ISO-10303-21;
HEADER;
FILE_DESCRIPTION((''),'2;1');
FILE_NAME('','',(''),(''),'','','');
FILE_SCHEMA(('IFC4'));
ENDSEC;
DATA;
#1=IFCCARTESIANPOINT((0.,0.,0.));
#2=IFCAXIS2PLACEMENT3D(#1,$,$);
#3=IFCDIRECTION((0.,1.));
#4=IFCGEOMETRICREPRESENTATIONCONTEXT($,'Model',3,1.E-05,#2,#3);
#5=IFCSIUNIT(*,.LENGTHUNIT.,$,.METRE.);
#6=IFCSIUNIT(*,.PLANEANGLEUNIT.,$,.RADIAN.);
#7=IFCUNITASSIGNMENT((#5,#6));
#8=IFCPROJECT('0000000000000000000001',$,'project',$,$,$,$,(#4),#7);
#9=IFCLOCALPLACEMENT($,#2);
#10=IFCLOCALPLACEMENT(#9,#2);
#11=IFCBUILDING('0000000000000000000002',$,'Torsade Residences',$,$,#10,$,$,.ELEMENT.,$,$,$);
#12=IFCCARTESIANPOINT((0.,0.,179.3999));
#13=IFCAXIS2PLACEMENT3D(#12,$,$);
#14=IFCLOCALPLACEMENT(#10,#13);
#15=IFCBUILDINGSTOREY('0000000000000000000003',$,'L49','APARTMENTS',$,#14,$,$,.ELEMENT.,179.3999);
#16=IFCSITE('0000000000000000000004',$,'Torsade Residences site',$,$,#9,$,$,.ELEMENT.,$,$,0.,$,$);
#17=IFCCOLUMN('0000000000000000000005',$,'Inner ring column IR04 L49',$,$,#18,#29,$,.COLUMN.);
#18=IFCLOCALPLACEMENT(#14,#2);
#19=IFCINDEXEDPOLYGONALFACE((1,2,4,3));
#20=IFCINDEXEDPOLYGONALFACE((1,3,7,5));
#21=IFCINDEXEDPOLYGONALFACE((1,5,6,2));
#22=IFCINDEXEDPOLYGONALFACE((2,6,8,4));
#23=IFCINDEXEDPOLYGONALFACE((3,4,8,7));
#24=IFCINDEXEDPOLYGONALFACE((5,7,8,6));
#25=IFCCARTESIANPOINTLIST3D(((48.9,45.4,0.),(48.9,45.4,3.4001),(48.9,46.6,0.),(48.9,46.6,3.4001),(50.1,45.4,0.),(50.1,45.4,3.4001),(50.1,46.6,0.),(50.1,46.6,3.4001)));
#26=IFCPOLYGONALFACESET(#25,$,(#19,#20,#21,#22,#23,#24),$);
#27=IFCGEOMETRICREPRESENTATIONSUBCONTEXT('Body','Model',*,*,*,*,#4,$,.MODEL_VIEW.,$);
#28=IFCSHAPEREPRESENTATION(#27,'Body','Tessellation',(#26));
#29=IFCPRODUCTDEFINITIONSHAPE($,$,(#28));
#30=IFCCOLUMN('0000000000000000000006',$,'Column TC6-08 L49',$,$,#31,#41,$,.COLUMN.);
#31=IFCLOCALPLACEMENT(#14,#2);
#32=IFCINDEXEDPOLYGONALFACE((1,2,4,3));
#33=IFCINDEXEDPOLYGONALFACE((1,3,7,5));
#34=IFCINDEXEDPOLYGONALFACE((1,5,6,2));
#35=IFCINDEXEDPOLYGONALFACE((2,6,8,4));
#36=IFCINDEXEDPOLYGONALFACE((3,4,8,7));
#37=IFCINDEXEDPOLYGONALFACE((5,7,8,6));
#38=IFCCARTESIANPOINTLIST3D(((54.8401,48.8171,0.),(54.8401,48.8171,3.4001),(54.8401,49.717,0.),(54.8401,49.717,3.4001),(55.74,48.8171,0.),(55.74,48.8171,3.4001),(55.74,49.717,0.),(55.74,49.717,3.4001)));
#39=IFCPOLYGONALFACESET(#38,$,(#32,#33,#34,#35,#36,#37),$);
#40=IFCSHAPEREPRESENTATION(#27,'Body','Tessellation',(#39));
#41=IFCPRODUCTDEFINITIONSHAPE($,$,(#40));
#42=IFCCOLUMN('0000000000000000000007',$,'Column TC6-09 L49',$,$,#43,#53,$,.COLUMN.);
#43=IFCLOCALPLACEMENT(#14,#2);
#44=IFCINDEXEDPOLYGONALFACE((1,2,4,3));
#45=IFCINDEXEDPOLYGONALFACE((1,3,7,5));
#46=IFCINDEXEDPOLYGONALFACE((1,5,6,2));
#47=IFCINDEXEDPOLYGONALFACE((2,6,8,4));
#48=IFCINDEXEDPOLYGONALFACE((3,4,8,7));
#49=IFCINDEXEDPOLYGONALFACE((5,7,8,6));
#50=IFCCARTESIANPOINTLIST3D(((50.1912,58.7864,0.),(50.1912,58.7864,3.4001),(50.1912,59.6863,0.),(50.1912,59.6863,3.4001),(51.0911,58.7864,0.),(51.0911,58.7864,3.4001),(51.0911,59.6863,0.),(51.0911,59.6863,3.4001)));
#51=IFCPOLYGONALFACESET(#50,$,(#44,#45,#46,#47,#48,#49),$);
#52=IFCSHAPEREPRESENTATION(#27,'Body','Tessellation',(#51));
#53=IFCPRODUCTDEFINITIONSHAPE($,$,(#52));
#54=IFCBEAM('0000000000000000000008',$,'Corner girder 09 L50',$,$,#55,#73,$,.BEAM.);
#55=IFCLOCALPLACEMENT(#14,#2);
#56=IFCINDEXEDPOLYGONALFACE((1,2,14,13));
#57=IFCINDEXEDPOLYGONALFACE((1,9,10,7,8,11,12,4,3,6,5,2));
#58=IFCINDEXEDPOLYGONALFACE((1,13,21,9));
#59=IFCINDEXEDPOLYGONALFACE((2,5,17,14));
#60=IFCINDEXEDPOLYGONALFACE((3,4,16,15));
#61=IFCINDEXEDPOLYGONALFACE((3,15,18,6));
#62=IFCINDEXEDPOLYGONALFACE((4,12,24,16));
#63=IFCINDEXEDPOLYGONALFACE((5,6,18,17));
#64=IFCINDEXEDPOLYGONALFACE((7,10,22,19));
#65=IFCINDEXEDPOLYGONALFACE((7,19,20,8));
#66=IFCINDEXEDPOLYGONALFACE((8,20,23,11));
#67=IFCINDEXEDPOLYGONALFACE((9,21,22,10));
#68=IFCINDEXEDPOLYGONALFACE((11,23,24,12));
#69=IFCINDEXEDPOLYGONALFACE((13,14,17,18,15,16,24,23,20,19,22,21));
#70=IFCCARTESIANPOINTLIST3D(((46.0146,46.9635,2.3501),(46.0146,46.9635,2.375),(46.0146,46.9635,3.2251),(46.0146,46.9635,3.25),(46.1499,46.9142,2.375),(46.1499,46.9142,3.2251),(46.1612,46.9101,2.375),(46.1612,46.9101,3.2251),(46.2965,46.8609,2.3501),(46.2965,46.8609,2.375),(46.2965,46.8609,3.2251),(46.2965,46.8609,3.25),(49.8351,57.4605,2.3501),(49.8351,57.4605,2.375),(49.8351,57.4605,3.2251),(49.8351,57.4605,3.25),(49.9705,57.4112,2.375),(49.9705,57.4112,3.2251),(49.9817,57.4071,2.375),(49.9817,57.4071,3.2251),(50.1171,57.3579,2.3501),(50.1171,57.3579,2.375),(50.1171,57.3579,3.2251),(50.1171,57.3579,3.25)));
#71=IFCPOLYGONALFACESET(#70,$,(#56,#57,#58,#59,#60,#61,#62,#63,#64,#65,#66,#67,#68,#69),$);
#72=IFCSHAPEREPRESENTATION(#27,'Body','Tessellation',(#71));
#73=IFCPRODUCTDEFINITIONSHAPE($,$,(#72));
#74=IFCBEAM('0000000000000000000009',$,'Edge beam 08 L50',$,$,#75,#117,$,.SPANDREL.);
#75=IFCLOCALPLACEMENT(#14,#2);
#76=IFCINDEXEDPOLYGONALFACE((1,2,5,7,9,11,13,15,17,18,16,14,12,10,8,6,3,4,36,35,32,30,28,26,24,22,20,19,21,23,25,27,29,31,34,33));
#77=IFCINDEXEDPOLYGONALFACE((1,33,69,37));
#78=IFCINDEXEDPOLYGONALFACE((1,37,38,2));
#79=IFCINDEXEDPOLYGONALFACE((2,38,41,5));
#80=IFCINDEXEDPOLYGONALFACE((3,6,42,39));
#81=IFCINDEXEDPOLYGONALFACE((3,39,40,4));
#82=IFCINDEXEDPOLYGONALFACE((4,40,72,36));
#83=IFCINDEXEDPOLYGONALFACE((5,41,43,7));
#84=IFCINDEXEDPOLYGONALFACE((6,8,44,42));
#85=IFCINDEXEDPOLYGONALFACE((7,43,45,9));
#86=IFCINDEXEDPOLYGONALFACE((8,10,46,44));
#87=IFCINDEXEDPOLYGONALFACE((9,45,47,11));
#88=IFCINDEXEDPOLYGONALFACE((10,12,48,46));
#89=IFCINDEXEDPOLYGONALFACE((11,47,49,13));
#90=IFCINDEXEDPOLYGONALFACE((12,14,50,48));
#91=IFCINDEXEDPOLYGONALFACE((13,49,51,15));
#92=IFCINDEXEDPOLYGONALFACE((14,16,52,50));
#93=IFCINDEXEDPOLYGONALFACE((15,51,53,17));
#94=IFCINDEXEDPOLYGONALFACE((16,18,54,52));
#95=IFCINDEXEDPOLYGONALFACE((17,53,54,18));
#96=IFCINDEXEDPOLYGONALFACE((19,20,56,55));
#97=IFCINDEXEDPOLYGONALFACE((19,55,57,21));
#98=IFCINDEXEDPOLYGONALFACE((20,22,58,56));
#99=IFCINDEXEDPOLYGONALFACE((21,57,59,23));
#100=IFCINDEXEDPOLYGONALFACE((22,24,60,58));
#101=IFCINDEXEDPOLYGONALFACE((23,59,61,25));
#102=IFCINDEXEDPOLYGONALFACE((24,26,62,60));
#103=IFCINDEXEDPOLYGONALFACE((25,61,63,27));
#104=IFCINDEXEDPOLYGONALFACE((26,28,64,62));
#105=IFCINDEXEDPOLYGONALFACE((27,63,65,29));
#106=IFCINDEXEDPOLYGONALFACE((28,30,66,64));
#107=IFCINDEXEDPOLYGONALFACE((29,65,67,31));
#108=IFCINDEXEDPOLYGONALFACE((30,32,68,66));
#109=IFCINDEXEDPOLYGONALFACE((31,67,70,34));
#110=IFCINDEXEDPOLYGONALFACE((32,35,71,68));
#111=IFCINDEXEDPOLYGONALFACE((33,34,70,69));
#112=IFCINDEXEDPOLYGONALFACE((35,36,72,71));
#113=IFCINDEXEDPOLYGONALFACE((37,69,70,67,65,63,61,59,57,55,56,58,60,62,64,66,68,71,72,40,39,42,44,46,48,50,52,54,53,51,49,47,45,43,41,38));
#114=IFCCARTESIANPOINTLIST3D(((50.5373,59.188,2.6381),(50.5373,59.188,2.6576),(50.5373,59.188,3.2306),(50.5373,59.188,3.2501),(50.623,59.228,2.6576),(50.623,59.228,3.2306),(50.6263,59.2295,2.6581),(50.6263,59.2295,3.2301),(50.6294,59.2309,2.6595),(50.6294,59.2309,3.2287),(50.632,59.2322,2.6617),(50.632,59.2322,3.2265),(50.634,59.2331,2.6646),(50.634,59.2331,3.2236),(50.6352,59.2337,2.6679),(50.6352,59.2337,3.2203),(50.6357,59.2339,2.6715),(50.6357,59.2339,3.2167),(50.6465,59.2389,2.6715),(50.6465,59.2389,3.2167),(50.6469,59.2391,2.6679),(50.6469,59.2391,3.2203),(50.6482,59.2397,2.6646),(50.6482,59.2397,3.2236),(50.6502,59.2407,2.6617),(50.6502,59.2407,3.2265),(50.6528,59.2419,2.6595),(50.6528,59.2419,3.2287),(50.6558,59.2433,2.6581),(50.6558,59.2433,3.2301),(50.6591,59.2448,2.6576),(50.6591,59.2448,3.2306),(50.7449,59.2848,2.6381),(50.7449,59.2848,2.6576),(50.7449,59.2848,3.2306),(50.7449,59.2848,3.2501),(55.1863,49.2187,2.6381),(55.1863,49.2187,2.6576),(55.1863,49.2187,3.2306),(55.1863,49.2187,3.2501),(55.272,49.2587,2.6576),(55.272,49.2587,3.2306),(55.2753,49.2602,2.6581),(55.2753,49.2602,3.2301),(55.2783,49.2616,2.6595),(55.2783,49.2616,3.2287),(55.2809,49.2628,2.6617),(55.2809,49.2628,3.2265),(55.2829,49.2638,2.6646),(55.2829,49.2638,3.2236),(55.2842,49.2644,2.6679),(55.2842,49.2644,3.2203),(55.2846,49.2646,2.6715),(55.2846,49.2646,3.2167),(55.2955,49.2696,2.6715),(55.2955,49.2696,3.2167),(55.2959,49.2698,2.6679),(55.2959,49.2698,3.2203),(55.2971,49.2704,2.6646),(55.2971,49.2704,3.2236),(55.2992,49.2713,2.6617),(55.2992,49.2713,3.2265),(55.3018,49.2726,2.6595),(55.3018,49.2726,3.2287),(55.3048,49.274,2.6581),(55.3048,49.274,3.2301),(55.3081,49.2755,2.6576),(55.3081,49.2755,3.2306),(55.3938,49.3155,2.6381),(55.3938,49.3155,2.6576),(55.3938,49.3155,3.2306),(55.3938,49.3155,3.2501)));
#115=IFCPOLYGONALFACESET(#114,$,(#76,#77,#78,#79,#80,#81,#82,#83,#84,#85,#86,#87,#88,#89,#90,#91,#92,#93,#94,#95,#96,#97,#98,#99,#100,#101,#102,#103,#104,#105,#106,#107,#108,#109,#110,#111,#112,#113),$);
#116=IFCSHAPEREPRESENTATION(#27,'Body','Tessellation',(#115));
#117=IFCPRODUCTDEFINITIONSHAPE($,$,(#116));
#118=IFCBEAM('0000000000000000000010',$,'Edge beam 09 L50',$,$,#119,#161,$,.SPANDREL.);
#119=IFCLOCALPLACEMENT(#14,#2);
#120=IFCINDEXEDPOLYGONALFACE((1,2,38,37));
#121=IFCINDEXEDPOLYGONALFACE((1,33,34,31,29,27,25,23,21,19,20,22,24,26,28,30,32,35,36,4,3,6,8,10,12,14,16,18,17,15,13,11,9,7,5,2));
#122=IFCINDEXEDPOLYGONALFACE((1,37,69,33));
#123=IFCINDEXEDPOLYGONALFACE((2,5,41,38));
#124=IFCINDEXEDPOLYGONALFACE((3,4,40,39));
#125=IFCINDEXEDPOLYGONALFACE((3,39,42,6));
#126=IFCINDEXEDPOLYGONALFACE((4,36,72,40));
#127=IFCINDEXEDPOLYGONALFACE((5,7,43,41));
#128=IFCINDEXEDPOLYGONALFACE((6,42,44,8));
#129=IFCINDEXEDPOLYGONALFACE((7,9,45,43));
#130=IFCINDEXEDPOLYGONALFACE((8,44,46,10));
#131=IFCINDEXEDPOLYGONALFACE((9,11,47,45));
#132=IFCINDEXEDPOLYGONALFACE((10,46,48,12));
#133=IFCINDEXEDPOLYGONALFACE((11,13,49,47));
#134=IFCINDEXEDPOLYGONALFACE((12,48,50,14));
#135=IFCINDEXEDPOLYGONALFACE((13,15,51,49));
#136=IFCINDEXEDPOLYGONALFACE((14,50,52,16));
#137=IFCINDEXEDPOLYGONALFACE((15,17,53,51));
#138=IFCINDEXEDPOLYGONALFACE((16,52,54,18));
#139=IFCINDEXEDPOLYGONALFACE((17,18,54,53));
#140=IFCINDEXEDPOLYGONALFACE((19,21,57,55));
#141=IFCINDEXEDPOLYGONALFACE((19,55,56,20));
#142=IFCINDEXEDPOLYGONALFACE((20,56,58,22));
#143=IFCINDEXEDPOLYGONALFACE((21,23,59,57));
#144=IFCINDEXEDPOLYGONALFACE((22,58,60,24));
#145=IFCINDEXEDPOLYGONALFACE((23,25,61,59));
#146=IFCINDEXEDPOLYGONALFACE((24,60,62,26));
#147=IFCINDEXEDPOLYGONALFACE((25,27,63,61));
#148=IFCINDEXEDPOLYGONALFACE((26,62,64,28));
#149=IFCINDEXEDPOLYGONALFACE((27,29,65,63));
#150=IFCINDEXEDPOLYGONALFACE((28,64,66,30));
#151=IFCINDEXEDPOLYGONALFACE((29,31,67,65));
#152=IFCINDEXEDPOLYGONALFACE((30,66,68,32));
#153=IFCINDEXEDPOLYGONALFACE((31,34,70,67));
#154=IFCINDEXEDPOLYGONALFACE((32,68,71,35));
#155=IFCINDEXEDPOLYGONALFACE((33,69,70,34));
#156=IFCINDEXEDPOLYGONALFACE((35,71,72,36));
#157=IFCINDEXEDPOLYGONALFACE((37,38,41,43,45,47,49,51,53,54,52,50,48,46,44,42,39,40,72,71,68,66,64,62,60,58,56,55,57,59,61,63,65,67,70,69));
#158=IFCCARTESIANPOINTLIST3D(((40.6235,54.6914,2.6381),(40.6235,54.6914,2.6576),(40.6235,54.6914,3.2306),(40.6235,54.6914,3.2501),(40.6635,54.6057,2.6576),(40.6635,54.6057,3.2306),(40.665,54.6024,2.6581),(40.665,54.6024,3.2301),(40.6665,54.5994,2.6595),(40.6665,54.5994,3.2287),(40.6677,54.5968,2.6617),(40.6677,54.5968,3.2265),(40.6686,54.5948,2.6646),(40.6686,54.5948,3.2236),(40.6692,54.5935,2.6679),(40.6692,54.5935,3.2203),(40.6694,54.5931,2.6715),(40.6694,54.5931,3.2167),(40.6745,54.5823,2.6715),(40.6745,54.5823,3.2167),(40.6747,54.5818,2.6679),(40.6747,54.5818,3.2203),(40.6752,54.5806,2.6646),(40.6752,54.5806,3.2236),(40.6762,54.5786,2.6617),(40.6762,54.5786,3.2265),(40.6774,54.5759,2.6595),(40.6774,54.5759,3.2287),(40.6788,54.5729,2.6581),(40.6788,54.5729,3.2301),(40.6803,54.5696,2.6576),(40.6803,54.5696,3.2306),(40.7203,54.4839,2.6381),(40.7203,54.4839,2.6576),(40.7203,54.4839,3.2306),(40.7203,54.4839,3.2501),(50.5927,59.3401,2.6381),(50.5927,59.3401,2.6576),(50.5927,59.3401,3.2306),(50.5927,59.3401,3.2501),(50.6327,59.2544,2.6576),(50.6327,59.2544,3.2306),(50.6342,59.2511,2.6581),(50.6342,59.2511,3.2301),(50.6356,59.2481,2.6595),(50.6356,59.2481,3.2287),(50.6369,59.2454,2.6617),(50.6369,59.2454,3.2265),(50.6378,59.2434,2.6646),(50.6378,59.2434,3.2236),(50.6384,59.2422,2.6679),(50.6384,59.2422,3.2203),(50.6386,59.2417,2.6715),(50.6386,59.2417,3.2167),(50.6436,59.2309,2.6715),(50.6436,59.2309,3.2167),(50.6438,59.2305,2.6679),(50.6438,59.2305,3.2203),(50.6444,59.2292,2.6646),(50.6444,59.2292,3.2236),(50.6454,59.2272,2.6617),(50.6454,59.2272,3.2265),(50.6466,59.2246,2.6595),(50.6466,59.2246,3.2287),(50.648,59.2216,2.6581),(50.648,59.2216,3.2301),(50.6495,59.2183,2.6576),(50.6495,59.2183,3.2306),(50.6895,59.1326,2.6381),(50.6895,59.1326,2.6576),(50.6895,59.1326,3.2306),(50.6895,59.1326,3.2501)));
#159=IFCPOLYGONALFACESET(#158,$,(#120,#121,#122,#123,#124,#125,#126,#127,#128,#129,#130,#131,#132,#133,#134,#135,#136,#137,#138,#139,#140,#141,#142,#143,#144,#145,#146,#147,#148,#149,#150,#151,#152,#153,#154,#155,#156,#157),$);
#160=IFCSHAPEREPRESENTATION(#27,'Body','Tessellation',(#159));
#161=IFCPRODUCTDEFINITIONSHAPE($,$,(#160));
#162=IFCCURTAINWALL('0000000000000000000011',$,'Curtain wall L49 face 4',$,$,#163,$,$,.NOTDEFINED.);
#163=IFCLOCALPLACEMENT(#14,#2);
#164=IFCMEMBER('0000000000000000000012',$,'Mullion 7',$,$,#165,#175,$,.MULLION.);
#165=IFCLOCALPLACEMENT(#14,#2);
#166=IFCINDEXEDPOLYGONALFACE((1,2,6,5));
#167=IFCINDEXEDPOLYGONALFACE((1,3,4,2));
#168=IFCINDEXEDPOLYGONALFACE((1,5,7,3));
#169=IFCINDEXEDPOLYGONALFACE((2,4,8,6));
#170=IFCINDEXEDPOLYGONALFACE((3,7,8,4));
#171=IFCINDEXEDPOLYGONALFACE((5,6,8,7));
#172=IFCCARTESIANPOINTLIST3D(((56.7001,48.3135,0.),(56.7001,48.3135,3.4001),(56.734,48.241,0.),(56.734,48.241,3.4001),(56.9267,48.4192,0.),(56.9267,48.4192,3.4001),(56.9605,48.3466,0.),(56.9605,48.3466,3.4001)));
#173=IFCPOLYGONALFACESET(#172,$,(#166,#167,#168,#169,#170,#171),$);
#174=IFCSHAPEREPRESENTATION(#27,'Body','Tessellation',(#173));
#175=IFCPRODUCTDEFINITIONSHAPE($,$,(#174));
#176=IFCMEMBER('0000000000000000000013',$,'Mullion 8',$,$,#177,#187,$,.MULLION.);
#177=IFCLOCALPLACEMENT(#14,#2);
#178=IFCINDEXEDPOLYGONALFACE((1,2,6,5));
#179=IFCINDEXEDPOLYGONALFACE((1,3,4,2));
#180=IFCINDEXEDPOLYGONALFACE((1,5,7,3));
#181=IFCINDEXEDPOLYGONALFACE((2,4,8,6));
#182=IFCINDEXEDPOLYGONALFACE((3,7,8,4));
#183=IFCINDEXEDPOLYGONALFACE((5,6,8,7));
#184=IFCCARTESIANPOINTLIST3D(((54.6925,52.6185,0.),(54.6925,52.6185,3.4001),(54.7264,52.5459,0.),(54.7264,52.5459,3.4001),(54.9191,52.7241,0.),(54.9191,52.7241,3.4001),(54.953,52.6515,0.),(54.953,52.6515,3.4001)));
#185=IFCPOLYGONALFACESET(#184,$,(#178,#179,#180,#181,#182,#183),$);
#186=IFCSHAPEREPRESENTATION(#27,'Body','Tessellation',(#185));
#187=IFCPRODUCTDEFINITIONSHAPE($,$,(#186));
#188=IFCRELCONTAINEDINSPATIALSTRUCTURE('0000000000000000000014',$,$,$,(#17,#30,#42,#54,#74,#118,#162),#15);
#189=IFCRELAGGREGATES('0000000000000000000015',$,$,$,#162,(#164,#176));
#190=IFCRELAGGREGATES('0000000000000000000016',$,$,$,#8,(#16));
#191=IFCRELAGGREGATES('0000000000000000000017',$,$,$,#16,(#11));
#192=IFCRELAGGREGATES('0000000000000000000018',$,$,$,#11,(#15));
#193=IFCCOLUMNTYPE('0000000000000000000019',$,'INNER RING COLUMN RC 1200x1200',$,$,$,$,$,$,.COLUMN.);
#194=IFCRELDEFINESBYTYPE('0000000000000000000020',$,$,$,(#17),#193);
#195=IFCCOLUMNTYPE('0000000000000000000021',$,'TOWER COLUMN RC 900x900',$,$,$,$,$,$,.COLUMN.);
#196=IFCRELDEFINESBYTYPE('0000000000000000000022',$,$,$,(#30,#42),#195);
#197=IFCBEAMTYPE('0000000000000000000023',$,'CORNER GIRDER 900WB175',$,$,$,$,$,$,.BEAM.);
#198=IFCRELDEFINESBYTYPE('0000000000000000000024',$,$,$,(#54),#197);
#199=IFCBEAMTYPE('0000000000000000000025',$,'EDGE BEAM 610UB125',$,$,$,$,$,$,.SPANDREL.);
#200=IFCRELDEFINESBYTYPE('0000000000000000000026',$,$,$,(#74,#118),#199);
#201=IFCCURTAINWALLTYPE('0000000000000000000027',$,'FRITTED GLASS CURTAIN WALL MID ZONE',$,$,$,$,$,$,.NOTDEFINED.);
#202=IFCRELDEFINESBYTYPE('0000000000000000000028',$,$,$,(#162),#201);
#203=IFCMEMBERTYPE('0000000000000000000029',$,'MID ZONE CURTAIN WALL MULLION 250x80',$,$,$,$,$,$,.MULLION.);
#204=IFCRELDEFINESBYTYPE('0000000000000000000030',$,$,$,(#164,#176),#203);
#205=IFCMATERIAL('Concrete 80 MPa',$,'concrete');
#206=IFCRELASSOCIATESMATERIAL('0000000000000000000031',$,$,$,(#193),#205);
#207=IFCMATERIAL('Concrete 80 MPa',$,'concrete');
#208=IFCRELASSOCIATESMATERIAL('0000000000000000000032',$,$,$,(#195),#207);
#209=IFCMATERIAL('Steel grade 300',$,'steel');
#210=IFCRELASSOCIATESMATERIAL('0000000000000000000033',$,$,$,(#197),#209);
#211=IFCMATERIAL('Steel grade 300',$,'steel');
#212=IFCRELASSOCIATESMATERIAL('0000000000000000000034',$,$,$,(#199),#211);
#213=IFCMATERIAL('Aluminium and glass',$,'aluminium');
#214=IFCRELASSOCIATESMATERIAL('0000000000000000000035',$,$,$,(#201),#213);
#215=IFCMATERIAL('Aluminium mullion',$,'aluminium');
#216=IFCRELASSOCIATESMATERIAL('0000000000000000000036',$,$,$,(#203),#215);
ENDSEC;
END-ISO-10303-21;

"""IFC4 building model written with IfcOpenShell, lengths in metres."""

from ifc_helpers import new_model, si_unit, direction, frame, origin, origin_2d, place, context, subcontext, project, spatial, rectangle, i_section, extrude, material, material_profile, profile_set, type_object, element, aggregate, save


model = new_model("IFC4")

# Units and contexts
model_context = context("Model", 3, precision=1e-05, world=origin(), true_north=direction((0.0, 1.0)))
body_context = subcontext(model_context, "Body", "Model", "MODEL_VIEW")
ifc_project = project(units=[si_unit("LENGTHUNIT", "METRE"), si_unit("PLANEANGLEUNIT", "RADIAN")], contexts=[model_context])

# Site, building, storey
site_placement = place(None, origin())
site = spatial("IfcSite", under=ifc_project, at=site_placement, Name="Torsade Residences site", CompositionType="ELEMENT", RefElevation=0.0)
building_placement = place(site_placement, origin())
building = spatial("IfcBuilding", under=site, at=building_placement, Name="Torsade Residences", CompositionType="ELEMENT")
storey_placement = place(building_placement, frame((0.0, 0.0, 179.3999)))
storey = spatial("IfcBuildingStorey", under=building, at=storey_placement, Name="L49", Description="APARTMENTS", CompositionType="ELEMENT", Elevation=179.3999)

# Columns
ifc_material_1 = material(Name="Concrete 80 MPa", Category="concrete")
ifc_material_profile_1 = material_profile(ifc_material_1, rectangle(XDim=1.2, YDim=1.2, at=origin_2d()), Name="RC 1200x1200")
ifc_profile_set_1 = profile_set([ifc_material_profile_1], Name="Concrete 80 MPa")
column_type_1 = type_object("IfcColumnType", Name="INNER RING COLUMN RC 1200x1200", PredefinedType="COLUMN", material=ifc_profile_set_1)
column_placement = place(storey_placement, frame((49.5, 46.0, 0.0), z_axis=(0.0, 0.0, 1.0), x_axis=(1.0, 0.0, 0.0)))
element("IfcColumn", 1, at=column_placement, inside=storey, type_object=column_type_1, Name="Inner ring column IR04 L49", PredefinedType="COLUMN", context=body_context, shape_type="SweptSolid", body=[
    extrude(rectangle(XDim=1.2, YDim=1.2, at=origin_2d()), origin(), (0.0, 0.0, 1.0), 3.4001),
])
ifc_material_2 = material(Name="Concrete 80 MPa", Category="concrete")
ifc_material_profile_2 = material_profile(ifc_material_2, rectangle(XDim=0.8999, YDim=0.8999, at=origin_2d()), Name="RC 900x900")
ifc_profile_set_2 = profile_set([ifc_material_profile_2], Name="Concrete 80 MPa")
column_type_2 = type_object("IfcColumnType", Name="TOWER COLUMN RC 900x900", PredefinedType="COLUMN", material=ifc_profile_set_2)
for number, where, z_axis, x_axis, name in (
    (2, (55.29, 49.2671, 0.0), (0.0, 0.0, 1.0), (1.0, 0.0, 0.0), "Column TC6-08 L49"),
    (3, (50.6411, 59.2363, 0.0), (0.0, 0.0, 1.0), (1.0, 0.0, 0.0), "Column TC6-09 L49"),
):
    element("IfcColumn", number, at=place(storey_placement, frame(where, z_axis=z_axis, x_axis=x_axis)), inside=storey, type_object=column_type_2, Name=name, PredefinedType="COLUMN", context=body_context, shape_type="SweptSolid", body=[
        extrude(rectangle(XDim=0.8999, YDim=0.8999, at=origin_2d()), origin(), (0.0, 0.0, 1.0), 3.4001),
    ])

# Beams
ifc_material_3 = material(Name="Steel grade 300", Category="steel")
ifc_material_profile_3 = material_profile(ifc_material_3, i_section(OverallWidth=0.3, OverallDepth=0.8999, WebThickness=0.012, FlangeThickness=0.0249, at=origin_2d()), Name="900WB175")
ifc_profile_set_3 = profile_set([ifc_material_profile_3], Name="Steel grade 300")
beam_type_1 = type_object("IfcBeamType", Name="CORNER GIRDER 900WB175", PredefinedType="BEAM", material=ifc_profile_set_3)
beam_1_placement = place(storey_placement, frame((49.9761, 57.4092, 2.8), z_axis=(-0.342015, -0.939694, 0.0), x_axis=(0.939694, -0.342015, 0.0)))
element("IfcBeam", 4, at=beam_1_placement, inside=storey, type_object=beam_type_1, Name="Corner girder 09 L50", PredefinedType="BEAM", context=body_context, shape_type="SweptSolid", body=[
    extrude(i_section(OverallWidth=0.3, OverallDepth=0.8999, WebThickness=0.012, FlangeThickness=0.0249, at=origin_2d()), origin(), (0.0, 0.0, 1.0), 11.1707),
])
ifc_material_4 = material(Name="Steel grade 300", Category="steel")
ifc_material_profile_4 = material_profile(ifc_material_4, i_section(OverallWidth=0.229, OverallDepth=0.6121, WebThickness=0.012, FlangeThickness=0.0195, FilletRadius=0.0139, at=origin_2d()), Name="610UB125")
ifc_profile_set_4 = profile_set([ifc_material_profile_4], Name="Steel grade 300")
beam_type_2 = type_object("IfcBeamType", Name="EDGE BEAM 610UB125", PredefinedType="SPANDREL", material=ifc_profile_set_4)
beam_2_placement = place(storey_placement, frame((55.29, 49.2671, 2.9441), z_axis=(-0.422633, 0.906301, 0.0), x_axis=(-0.906301, -0.422633, 0.0)))
element("IfcBeam", 5, at=beam_2_placement, inside=storey, type_object=beam_type_2, Name="Edge beam 08 L50", PredefinedType="SPANDREL", context=body_context, shape_type="SweptSolid", body=[
    extrude(i_section(OverallWidth=0.229, OverallDepth=0.6121, WebThickness=0.012, FlangeThickness=0.0195, FilletRadius=0.0139, at=origin_2d()), origin(), (0.0, 0.0, 1.0), 11.0),
])
beam_3_placement = place(storey_placement, frame((50.6411, 59.2363, 2.9441), z_axis=(-0.90631, -0.422614, 0.0), x_axis=(0.422614, -0.90631, 0.0)))
element("IfcBeam", 6, at=beam_3_placement, inside=storey, type_object=beam_type_2, Name="Edge beam 09 L50", PredefinedType="SPANDREL", context=body_context, shape_type="SweptSolid", body=[
    extrude(i_section(OverallWidth=0.229, OverallDepth=0.6121, WebThickness=0.012, FlangeThickness=0.0195, FilletRadius=0.0139, at=origin_2d()), origin(), (0.0, 0.0, 1.0), 10.9998),
])

# Curtain wall, members
ifc_material_5 = material(Name="Aluminium and glass", Category="aluminium")
curtain_wall_type = type_object("IfcCurtainWallType", Name="FRITTED GLASS CURTAIN WALL MID ZONE", PredefinedType="NOTDEFINED", material=ifc_material_5)
curtain_wall_placement = place(storey_placement, origin())
curtain_wall = element("IfcCurtainWall", 7, at=curtain_wall_placement, inside=storey, type_object=curtain_wall_type, Name="Curtain wall L49 face 4", PredefinedType="NOTDEFINED")
ifc_material_6 = material(Name="Aluminium mullion", Category="aluminium")
ifc_material_profile_5 = material_profile(ifc_material_6, rectangle(XDim=0.25, YDim=0.0801, at=origin_2d()), Name="MID ZONE CURTAIN WALL MULLION 250x80")
ifc_profile_set_5 = profile_set([ifc_material_profile_5], Name="Aluminium mullion")
member_type_1 = type_object("IfcMemberType", Name="MID ZONE CURTAIN WALL MULLION 250x80", PredefinedType="MULLION", material=ifc_profile_set_5)
member_1_placement = place(storey_placement, frame((56.8303, 48.3301, 0.0), z_axis=(0.0, 0.0, 1.0), x_axis=(-0.906308, -0.422618, 0.0)))
member_1 = element("IfcMember", 8, at=member_1_placement, type_object=member_type_1, Name="Mullion 7", PredefinedType="MULLION", context=body_context, shape_type="SweptSolid", body=[
    extrude(rectangle(XDim=0.25, YDim=0.0801, at=origin_2d()), origin(), (0.0, 0.0, 1.0), 3.4001),
])
member_2_placement = place(storey_placement, frame((54.8228, 52.635, 0.0), z_axis=(0.0, 0.0, 1.0), x_axis=(-0.906308, -0.422618, 0.0)))
member_2 = element("IfcMember", 9, at=member_2_placement, type_object=member_type_1, Name="Mullion 8", PredefinedType="MULLION", context=body_context, shape_type="SweptSolid", body=[
    extrude(rectangle(XDim=0.25, YDim=0.0801, at=origin_2d()), origin(), (0.0, 0.0, 1.0), 3.4001),
])

aggregate(curtain_wall, [member_1, member_2])

save(model, "model.ifc")
